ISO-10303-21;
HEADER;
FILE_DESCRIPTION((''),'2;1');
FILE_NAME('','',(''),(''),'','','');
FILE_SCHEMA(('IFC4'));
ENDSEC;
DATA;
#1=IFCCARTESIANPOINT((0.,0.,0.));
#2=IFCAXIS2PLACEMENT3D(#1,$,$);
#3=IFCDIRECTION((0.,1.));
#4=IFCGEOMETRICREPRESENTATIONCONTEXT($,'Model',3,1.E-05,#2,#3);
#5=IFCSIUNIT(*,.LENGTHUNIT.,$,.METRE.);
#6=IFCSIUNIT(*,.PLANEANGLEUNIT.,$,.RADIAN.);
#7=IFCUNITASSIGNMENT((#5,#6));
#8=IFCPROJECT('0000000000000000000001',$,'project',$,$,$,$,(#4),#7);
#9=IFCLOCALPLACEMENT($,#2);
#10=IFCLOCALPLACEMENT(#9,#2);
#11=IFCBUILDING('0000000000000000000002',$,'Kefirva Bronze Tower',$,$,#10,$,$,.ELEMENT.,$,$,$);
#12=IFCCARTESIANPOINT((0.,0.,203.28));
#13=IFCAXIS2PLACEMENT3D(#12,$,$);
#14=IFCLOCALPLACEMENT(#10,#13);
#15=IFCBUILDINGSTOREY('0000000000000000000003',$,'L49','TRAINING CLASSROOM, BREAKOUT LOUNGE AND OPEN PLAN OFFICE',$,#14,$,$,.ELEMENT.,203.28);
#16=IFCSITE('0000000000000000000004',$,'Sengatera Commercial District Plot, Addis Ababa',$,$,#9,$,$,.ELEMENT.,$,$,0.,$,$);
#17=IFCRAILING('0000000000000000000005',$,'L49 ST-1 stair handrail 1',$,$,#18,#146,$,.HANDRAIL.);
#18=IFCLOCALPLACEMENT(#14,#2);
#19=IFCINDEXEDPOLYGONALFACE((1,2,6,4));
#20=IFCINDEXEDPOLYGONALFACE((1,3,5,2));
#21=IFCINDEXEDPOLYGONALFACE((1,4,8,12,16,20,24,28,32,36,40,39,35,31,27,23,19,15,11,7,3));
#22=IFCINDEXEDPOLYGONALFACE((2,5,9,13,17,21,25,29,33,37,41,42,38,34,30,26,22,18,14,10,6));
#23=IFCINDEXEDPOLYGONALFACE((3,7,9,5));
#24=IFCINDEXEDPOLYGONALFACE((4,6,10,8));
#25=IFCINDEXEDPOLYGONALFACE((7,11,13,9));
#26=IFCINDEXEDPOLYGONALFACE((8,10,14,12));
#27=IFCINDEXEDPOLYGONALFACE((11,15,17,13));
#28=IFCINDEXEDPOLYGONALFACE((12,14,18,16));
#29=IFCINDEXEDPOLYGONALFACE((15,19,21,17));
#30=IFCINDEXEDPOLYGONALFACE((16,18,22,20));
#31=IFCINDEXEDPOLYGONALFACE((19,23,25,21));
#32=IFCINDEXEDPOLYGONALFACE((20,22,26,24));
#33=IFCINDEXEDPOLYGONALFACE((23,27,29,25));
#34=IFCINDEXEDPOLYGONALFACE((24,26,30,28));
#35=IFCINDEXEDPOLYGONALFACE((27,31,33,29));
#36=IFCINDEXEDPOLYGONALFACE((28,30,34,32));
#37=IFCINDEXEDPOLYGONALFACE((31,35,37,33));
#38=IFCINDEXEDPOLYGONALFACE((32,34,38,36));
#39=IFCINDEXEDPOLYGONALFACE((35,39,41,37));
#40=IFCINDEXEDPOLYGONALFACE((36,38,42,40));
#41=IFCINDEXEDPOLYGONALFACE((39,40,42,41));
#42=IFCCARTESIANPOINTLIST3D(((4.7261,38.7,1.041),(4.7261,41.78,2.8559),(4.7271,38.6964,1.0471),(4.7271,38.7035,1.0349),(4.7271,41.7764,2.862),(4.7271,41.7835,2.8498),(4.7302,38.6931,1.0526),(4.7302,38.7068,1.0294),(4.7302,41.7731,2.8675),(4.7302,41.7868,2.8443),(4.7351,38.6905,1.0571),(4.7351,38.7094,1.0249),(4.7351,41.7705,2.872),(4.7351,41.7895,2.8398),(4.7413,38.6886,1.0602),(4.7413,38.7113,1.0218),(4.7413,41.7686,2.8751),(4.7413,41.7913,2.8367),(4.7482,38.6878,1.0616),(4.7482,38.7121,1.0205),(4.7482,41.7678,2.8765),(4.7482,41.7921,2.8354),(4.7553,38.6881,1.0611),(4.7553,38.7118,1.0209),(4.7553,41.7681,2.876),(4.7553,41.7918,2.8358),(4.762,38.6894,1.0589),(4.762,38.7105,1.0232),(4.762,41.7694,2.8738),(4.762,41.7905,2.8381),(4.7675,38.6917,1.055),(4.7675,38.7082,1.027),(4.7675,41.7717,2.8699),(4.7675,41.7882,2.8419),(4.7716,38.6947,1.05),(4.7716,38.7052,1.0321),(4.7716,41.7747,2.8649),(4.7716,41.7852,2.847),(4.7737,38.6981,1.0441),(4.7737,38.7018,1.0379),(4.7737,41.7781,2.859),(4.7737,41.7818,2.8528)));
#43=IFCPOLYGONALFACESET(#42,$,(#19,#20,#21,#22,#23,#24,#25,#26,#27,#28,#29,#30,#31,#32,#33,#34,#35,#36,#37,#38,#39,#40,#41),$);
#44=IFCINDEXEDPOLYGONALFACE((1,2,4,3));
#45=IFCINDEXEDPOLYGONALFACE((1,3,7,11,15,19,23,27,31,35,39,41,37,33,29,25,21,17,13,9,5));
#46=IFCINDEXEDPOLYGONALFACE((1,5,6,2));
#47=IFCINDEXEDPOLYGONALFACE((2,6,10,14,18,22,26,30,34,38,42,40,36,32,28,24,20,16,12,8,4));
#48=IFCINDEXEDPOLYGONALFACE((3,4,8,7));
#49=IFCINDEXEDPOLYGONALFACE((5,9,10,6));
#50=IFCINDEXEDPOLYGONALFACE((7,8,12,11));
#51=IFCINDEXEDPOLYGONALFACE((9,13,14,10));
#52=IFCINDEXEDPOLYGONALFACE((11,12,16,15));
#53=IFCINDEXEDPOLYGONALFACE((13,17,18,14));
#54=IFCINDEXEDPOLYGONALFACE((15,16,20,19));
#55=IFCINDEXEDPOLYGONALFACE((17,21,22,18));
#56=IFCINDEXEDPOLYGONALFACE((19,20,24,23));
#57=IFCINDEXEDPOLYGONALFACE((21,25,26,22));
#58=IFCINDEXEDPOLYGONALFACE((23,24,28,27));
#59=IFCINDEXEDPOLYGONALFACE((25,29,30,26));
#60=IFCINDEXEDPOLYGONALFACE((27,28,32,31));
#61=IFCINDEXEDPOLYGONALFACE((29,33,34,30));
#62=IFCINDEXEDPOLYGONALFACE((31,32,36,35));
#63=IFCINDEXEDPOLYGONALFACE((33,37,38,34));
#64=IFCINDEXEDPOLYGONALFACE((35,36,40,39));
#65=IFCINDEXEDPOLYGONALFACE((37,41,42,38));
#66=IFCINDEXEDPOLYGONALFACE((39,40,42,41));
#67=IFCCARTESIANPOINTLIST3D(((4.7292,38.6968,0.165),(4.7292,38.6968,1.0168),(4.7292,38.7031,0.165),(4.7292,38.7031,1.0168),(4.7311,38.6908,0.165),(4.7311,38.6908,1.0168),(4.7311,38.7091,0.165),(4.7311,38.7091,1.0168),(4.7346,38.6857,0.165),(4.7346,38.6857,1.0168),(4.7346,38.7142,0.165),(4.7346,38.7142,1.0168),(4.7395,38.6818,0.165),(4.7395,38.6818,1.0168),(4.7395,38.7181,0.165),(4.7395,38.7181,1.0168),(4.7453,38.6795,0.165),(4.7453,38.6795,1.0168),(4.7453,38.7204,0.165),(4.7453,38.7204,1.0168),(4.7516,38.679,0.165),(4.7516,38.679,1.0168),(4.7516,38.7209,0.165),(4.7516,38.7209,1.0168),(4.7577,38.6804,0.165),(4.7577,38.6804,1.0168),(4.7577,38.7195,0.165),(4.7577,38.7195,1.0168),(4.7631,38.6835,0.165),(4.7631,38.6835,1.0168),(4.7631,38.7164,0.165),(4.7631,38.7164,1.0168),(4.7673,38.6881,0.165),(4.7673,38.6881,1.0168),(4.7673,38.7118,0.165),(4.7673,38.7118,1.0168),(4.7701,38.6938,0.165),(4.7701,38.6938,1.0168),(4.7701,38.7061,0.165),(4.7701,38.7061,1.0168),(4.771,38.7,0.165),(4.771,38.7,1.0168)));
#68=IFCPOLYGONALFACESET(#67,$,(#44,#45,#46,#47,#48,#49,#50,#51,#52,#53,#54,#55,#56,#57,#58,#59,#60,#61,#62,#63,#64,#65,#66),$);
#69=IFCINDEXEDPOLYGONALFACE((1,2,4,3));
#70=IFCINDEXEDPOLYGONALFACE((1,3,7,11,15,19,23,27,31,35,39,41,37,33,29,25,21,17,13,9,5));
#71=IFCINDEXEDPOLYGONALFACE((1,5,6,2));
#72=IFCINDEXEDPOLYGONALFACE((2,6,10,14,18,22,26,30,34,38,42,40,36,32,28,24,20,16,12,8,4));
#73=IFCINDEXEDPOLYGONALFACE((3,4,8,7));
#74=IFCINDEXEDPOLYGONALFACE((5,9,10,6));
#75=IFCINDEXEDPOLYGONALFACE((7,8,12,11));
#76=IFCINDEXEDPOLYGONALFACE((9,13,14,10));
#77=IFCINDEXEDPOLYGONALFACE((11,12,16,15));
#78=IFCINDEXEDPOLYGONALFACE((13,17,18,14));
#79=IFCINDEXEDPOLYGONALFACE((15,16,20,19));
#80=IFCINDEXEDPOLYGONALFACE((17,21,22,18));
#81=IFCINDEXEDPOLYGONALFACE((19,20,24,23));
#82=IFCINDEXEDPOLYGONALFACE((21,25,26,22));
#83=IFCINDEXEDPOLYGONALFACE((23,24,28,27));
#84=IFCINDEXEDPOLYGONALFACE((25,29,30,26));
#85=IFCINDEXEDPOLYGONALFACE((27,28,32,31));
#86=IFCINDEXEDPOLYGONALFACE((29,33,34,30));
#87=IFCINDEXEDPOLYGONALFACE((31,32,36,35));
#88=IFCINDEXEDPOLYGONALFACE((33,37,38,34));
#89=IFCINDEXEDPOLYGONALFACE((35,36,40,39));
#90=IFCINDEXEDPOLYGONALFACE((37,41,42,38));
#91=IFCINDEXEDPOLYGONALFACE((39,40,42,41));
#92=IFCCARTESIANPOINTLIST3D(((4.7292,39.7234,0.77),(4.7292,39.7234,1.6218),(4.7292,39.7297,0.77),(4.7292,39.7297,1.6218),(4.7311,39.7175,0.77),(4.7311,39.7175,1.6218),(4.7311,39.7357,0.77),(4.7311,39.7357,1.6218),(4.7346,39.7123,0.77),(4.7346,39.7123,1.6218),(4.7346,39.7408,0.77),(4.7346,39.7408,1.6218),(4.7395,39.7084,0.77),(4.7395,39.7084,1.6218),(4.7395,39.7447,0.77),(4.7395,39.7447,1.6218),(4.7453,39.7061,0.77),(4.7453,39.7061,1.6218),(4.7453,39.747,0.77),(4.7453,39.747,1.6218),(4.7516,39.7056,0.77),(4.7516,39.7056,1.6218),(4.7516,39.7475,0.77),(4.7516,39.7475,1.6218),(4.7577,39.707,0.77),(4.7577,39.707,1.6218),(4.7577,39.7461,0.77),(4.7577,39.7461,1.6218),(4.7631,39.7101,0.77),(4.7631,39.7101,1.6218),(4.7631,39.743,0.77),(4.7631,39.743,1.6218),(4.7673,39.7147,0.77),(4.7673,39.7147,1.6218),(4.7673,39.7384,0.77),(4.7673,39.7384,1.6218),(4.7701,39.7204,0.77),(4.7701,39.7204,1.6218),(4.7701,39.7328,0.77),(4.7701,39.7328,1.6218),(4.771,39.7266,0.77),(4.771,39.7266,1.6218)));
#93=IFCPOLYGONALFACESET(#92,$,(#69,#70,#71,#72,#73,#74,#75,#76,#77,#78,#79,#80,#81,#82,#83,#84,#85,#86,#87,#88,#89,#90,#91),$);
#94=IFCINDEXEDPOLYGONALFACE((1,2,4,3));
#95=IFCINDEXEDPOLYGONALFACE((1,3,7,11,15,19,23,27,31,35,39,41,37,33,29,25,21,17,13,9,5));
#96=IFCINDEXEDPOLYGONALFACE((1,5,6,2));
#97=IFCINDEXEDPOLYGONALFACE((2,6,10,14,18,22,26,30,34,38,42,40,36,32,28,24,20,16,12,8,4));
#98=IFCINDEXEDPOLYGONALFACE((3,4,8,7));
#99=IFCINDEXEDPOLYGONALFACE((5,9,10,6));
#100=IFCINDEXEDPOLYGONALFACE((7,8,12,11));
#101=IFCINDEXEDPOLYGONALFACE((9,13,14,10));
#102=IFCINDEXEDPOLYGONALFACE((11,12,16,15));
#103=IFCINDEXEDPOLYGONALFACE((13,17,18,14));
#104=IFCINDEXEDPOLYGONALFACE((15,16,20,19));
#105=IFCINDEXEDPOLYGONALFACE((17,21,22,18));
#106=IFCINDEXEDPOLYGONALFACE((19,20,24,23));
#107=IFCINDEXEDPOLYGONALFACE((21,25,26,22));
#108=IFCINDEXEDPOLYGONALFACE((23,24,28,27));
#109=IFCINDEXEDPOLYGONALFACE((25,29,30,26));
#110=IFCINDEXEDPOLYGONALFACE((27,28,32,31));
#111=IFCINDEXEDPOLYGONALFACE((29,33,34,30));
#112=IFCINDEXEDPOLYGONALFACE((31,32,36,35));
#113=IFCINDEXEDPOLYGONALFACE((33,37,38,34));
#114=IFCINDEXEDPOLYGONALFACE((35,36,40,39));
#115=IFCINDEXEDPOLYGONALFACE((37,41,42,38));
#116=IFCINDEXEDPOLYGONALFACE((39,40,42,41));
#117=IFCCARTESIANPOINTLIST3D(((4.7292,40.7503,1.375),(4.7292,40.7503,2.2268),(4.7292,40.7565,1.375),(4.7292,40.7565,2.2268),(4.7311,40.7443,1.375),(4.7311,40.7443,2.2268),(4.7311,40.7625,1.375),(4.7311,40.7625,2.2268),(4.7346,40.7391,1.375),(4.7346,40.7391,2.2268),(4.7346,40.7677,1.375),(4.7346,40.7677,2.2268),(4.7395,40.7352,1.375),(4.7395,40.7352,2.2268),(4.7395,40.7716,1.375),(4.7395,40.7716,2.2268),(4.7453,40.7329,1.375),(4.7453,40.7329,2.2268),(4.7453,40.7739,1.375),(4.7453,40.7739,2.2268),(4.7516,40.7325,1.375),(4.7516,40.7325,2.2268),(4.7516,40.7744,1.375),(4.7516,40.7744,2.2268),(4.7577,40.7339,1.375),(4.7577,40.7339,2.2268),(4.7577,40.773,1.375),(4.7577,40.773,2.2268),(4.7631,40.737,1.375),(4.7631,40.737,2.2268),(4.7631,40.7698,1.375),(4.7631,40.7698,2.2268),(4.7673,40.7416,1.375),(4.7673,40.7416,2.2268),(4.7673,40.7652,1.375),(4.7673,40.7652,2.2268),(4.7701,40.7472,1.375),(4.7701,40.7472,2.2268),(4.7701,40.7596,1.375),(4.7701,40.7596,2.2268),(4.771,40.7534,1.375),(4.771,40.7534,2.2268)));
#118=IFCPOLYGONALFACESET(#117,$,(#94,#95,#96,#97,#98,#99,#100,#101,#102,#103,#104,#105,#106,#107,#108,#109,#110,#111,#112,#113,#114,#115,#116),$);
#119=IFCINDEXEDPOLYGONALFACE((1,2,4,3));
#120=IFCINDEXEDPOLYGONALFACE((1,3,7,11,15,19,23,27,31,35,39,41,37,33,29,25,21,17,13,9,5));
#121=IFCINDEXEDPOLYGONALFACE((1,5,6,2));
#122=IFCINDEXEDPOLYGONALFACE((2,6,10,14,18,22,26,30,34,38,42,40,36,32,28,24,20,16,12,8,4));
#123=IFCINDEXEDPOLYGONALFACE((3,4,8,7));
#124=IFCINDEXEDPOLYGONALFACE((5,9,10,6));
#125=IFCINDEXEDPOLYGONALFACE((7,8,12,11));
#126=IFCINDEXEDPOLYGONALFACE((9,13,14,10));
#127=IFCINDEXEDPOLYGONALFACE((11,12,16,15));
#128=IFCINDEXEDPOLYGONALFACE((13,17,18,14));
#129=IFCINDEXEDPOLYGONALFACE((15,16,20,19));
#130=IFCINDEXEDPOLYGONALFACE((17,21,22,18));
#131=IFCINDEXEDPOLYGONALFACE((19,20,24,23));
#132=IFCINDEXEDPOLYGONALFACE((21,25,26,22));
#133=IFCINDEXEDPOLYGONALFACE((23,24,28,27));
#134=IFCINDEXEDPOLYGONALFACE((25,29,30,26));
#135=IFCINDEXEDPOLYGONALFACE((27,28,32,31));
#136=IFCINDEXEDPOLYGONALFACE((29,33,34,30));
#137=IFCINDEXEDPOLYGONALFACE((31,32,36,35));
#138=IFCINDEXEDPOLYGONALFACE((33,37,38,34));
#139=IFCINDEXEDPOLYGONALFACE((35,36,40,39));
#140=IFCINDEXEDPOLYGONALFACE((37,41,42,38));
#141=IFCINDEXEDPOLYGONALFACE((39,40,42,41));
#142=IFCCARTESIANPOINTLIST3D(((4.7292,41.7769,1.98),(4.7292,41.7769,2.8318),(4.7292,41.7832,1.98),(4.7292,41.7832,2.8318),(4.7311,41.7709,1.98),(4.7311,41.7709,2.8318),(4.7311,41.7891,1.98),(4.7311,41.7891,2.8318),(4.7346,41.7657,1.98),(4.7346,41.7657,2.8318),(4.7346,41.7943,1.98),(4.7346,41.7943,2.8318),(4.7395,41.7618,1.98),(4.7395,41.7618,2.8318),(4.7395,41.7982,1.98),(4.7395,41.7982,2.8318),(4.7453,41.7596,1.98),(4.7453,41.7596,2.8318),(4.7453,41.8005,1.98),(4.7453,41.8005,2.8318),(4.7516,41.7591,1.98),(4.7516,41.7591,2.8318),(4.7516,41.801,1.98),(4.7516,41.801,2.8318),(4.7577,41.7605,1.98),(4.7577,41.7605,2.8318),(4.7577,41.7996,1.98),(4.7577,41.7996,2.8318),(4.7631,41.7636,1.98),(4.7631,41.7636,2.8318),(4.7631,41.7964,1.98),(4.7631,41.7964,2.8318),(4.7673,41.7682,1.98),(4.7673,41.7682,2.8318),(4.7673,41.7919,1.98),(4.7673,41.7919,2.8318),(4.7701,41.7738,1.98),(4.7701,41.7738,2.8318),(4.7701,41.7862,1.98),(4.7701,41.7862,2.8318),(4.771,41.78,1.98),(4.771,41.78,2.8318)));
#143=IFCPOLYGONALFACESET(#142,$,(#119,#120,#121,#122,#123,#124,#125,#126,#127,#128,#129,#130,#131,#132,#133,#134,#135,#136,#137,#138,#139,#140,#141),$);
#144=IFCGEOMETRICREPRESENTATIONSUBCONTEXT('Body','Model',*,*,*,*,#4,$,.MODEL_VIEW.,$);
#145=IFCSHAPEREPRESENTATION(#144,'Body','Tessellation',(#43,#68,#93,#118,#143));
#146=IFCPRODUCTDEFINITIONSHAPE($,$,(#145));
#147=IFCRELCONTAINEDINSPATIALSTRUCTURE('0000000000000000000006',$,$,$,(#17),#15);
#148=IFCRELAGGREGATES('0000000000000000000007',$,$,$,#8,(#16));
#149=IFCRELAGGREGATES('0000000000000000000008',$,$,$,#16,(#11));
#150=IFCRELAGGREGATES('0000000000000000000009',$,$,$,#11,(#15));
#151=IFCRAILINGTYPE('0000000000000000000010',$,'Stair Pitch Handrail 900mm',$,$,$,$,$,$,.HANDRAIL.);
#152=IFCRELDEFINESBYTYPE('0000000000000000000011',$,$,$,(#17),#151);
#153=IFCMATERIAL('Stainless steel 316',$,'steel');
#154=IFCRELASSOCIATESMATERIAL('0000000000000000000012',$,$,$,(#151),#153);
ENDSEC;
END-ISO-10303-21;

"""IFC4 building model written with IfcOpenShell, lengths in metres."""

from ifc_helpers import new_model, si_unit, direction, frame, origin, origin_2d, place, context, subcontext, project, spatial, circle, extrude, material, type_object, element, save


model = new_model("IFC4")

# Units and contexts
model_context = context("Model", 3, precision=1e-05, world=origin(), true_north=direction((0.0, 1.0)))
body_context = subcontext(model_context, "Body", "Model", "MODEL_VIEW")
ifc_project = project(units=[si_unit("LENGTHUNIT", "METRE"), si_unit("PLANEANGLEUNIT", "RADIAN")], contexts=[model_context])

# Site, building, storey
site_placement = place(None, origin())
site = spatial("IfcSite", under=ifc_project, at=site_placement, Name="Sengatera Commercial District Plot, Addis Ababa", CompositionType="ELEMENT", RefElevation=0.0)
building_placement = place(site_placement, origin())
building = spatial("IfcBuilding", under=site, at=building_placement, Name="Kefirva Bronze Tower", CompositionType="ELEMENT")
storey_placement = place(building_placement, frame((0.0, 0.0, 203.28)))
storey = spatial("IfcBuildingStorey", under=building, at=storey_placement, Name="L49", Description="TRAINING CLASSROOM, BREAKOUT LOUNGE AND OPEN PLAN OFFICE", CompositionType="ELEMENT", Elevation=203.28)

# Shared definitions
ifc_material_1 = material(Name="Stainless steel 316", Category="steel")

# Railing
railing_type = type_object("IfcRailingType", Name="Stair Pitch Handrail 900mm", PredefinedType="HANDRAIL", material=ifc_material_1)
railing_placement = place(storey_placement, frame((4.75, 38.7, 0.165)))
element("IfcRailing", 1, at=railing_placement, inside=storey, type_object=railing_type, Name="L49 ST-1 stair handrail 1", PredefinedType="HANDRAIL", context=body_context, shape_type="SweptSolid", body=[
    extrude(circle(Radius=0.0239, at=origin_2d()), frame((0.0, 0.0, 0.876), z_axis=(0.0, 0.861551, 0.507671), x_axis=(-1.0, 0.0, 0.0)), (0.0, 0.0, 1.0), 3.575),
    extrude(circle(Radius=0.021, at=origin_2d()), origin(), (0.0, 0.0, 1.0), 0.8518),
    extrude(circle(Radius=0.021, at=origin_2d()), frame((0.0, 1.0266, 0.605)), (0.0, 0.0, 1.0), 0.8518),
    extrude(circle(Radius=0.021, at=origin_2d()), frame((0.0, 2.0535, 1.21)), (0.0, 0.0, 1.0), 0.8518),
    extrude(circle(Radius=0.021, at=origin_2d()), frame((0.0, 3.0801, 1.8149)), (0.0, 0.0, 1.0), 0.8518),
])

save(model, "model.ifc")
